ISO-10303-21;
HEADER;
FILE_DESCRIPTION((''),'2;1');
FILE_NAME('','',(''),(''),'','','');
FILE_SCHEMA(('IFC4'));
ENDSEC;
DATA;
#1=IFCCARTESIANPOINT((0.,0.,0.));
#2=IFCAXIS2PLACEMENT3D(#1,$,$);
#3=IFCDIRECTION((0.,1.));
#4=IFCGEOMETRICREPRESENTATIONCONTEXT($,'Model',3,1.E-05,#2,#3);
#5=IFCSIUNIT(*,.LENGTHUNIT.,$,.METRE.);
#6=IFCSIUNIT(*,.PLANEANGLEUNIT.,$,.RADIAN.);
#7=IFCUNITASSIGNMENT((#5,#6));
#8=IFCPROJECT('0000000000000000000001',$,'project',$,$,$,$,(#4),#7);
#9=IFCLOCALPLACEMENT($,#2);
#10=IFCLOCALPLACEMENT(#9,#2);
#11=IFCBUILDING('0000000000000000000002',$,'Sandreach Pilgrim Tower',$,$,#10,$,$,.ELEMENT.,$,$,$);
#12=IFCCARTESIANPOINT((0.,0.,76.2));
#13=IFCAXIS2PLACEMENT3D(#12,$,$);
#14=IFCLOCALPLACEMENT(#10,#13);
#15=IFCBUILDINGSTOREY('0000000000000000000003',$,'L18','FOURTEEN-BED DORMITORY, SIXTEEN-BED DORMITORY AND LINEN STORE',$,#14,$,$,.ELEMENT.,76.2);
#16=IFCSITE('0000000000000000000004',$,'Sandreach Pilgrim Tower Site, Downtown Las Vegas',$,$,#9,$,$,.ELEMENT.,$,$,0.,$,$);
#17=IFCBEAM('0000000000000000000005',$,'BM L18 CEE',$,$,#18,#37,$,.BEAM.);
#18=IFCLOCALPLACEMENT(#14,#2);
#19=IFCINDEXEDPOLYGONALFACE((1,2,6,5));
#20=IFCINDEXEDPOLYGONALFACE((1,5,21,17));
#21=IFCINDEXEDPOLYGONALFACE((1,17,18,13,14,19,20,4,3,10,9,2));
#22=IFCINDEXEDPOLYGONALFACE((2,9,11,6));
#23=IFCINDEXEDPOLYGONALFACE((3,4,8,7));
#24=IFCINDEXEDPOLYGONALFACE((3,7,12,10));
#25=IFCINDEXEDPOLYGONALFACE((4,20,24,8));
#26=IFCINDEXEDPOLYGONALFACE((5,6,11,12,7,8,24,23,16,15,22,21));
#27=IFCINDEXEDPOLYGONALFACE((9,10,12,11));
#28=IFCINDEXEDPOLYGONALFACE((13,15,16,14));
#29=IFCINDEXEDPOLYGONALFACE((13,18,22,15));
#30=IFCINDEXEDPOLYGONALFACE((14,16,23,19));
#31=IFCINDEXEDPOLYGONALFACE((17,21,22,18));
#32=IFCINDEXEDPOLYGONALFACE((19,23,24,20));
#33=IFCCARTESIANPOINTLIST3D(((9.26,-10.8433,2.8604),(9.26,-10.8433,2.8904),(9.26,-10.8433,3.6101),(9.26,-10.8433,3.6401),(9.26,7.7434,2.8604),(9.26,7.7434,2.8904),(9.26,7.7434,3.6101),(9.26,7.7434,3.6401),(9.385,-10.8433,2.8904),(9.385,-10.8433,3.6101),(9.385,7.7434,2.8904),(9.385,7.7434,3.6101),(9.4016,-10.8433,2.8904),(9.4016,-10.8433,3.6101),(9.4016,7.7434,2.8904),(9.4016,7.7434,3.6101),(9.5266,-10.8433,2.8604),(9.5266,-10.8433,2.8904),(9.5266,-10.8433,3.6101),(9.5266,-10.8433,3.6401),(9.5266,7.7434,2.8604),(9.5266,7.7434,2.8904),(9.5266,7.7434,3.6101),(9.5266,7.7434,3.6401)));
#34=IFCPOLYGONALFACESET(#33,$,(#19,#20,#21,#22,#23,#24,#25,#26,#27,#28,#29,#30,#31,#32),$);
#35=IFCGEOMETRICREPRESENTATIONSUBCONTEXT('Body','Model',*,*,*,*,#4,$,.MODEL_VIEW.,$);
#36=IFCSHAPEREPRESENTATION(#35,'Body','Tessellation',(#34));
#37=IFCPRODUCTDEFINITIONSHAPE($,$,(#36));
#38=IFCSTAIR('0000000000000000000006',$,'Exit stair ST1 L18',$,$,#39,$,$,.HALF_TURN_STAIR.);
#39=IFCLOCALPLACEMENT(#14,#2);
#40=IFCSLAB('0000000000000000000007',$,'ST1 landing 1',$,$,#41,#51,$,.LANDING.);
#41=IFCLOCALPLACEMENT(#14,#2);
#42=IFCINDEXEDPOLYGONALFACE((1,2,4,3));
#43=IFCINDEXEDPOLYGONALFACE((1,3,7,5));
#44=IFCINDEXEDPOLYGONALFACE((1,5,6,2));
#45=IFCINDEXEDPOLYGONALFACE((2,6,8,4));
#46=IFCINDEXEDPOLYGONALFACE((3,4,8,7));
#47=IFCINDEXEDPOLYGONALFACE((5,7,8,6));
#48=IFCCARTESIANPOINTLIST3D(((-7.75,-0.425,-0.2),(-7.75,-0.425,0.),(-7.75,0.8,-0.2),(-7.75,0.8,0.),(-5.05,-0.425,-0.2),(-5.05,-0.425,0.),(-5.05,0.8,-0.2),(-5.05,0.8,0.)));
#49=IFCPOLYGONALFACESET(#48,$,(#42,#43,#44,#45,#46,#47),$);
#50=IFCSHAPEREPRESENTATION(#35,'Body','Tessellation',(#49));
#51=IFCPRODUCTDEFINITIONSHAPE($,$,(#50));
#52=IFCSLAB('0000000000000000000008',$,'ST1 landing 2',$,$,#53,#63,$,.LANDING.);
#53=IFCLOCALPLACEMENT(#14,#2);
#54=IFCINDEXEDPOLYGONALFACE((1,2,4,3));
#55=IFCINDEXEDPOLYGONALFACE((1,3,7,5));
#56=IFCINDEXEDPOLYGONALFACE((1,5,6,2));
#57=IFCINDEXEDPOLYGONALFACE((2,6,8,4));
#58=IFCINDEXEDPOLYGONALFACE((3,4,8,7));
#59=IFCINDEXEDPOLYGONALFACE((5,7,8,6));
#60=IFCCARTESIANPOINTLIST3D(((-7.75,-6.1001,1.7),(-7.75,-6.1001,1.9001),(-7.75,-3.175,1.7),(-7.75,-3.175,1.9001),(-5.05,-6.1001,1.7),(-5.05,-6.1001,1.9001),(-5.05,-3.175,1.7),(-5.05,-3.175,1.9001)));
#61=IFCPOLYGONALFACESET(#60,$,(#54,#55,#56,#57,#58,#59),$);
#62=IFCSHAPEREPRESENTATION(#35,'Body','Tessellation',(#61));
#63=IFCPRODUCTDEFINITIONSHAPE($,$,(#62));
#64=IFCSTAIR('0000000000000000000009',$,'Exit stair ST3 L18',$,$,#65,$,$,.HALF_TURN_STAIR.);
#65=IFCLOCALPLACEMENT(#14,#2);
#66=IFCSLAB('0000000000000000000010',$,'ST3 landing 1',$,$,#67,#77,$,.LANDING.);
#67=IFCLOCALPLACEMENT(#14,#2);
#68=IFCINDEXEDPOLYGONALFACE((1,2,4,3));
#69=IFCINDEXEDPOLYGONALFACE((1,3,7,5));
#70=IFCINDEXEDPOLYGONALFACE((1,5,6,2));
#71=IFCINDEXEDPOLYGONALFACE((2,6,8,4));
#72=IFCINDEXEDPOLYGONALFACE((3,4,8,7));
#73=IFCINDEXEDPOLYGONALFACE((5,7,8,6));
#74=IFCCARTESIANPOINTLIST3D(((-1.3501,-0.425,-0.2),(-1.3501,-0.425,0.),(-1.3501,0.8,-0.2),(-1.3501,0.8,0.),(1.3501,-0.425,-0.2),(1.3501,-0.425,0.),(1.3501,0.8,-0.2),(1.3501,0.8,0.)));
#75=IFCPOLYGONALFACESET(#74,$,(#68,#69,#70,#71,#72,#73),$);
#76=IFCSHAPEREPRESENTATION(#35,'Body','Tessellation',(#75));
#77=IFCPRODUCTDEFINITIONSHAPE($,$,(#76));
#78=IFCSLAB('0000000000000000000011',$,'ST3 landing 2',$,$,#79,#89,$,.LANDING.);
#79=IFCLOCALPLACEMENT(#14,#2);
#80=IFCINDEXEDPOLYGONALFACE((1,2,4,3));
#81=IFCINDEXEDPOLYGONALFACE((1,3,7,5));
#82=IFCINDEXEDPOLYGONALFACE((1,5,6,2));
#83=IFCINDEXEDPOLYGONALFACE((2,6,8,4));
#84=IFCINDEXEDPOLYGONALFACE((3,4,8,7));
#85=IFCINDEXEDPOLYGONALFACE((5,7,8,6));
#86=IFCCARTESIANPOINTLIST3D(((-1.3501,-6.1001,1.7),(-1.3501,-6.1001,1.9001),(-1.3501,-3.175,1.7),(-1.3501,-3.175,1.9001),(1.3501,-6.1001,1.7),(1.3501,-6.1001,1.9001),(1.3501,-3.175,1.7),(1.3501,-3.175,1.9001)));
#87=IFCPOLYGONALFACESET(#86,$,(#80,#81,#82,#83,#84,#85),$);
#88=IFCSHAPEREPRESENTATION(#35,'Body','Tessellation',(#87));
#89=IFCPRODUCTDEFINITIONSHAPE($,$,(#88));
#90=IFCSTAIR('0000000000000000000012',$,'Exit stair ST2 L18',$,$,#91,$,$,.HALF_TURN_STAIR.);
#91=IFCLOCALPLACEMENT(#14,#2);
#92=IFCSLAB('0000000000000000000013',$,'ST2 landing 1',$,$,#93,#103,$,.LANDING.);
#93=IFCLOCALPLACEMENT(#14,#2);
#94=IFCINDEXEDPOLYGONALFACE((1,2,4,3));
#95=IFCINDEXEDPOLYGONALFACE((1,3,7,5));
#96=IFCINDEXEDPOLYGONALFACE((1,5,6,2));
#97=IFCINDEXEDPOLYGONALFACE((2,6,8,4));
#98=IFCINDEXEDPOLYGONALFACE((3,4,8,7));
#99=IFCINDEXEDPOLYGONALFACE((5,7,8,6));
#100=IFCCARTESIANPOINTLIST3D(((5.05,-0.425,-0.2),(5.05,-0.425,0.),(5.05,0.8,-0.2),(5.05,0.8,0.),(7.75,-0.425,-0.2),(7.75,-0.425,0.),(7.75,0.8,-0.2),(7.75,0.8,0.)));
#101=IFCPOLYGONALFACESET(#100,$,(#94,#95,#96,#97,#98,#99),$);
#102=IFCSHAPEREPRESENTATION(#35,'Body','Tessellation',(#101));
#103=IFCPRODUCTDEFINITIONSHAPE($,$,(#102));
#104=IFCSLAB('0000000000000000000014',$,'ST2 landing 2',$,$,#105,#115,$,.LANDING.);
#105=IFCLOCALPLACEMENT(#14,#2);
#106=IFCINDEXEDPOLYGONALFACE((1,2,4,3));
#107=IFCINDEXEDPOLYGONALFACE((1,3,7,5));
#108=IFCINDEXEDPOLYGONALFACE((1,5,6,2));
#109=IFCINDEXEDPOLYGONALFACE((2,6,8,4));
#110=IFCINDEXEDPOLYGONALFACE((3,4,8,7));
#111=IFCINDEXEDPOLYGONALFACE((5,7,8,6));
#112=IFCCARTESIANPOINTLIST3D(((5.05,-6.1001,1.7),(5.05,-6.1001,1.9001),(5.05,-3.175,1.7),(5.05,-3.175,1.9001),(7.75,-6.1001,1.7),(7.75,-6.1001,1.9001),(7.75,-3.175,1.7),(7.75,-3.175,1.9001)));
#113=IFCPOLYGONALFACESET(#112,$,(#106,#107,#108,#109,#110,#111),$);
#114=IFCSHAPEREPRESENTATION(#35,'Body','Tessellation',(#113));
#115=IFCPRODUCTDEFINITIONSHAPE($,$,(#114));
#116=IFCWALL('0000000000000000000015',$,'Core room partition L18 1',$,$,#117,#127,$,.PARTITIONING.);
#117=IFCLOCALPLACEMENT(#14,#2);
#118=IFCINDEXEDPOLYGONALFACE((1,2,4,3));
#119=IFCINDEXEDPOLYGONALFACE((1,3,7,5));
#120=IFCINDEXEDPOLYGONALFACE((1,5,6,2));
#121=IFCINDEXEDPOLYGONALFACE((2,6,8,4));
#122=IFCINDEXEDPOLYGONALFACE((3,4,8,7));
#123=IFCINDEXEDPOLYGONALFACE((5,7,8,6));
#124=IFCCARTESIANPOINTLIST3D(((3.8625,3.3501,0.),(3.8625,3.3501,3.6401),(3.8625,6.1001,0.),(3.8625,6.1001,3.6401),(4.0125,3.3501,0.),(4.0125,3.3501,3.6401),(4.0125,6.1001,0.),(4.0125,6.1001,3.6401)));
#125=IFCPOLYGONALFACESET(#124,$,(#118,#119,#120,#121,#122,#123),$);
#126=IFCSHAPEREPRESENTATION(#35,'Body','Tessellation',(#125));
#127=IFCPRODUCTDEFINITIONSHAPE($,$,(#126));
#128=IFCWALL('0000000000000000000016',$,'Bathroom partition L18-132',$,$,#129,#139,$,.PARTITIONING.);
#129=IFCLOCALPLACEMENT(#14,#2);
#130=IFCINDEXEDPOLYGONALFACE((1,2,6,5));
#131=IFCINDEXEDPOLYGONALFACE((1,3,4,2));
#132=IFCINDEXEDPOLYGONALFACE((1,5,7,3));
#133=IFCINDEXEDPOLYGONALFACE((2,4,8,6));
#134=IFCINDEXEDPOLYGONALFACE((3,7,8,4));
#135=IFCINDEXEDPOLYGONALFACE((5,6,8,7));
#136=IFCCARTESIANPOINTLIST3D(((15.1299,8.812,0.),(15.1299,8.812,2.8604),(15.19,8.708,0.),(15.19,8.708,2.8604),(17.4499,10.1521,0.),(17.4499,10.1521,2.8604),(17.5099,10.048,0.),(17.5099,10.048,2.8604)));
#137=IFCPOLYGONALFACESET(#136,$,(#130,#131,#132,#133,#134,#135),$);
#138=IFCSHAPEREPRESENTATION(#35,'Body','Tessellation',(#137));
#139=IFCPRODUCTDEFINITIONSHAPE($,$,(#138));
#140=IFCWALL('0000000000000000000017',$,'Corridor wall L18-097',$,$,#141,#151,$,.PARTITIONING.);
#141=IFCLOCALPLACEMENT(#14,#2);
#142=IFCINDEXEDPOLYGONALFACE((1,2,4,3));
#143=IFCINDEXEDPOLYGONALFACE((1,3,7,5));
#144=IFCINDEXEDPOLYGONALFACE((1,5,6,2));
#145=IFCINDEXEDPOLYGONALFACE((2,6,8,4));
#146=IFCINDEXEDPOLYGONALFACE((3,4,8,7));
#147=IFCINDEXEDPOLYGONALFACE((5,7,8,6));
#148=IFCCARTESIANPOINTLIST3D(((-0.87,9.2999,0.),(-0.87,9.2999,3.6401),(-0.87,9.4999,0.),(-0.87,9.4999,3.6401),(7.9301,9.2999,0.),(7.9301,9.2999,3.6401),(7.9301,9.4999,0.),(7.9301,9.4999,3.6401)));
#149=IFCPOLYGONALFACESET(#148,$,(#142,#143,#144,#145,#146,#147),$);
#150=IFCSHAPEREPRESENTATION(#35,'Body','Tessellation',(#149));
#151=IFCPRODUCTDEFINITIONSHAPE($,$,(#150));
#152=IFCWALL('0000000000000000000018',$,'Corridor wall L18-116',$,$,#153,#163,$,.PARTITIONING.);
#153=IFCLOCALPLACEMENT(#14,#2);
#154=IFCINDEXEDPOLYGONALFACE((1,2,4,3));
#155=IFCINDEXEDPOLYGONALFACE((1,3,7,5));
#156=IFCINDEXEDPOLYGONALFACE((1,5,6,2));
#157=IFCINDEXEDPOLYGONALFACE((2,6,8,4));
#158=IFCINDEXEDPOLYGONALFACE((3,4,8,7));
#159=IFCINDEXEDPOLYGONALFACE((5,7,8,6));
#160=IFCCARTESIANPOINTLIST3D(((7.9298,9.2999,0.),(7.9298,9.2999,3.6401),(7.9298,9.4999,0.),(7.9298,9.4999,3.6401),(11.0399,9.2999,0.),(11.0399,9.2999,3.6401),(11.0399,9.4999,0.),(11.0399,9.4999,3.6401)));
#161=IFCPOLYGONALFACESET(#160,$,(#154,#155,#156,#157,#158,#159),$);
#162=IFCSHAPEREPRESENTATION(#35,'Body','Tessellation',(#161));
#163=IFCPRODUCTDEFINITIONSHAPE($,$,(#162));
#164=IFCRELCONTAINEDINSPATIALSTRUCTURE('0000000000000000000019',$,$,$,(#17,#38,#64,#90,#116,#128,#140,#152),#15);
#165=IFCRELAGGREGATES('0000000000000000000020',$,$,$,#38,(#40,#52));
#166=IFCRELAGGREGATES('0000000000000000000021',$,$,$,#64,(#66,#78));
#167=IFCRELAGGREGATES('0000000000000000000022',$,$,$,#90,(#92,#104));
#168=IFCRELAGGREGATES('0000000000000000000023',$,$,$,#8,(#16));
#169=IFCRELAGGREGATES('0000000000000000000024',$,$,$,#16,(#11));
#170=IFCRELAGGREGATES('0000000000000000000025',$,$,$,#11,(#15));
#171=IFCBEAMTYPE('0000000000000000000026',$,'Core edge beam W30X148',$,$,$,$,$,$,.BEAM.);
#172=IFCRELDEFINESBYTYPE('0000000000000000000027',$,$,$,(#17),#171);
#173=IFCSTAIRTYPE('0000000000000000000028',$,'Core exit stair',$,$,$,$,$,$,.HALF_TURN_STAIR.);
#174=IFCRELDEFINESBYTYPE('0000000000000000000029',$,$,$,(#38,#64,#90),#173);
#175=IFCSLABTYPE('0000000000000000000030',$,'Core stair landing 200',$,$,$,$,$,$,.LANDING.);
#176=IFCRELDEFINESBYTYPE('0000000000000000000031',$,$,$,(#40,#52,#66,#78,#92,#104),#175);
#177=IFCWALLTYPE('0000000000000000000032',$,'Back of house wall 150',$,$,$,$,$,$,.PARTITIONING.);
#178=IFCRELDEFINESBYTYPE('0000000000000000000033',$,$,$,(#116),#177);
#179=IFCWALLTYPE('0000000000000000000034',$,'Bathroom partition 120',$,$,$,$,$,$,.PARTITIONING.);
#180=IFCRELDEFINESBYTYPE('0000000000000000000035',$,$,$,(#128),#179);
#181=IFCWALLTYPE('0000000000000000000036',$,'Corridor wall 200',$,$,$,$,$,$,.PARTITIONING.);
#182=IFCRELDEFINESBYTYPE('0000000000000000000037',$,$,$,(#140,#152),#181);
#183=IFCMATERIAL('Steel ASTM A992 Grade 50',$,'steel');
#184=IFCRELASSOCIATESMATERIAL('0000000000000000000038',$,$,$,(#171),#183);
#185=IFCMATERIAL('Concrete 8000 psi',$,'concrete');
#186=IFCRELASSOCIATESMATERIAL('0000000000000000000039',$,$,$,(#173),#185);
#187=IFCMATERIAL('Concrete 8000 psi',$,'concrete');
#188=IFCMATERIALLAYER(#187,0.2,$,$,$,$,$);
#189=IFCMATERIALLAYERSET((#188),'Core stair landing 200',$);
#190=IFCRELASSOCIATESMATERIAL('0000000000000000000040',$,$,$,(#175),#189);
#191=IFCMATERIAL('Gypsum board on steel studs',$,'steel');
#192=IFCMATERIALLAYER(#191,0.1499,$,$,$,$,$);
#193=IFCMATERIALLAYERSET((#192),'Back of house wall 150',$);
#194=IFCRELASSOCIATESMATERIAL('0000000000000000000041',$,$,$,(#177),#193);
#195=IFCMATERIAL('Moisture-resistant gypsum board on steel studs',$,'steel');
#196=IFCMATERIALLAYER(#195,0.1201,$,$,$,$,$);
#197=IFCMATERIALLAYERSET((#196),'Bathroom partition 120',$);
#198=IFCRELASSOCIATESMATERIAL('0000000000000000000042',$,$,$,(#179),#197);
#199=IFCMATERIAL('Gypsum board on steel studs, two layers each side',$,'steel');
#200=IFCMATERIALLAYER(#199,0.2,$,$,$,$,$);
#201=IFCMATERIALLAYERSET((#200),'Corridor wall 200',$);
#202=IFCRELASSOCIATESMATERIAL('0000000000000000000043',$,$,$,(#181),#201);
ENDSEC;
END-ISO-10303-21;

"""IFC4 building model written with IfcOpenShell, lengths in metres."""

from ifc_helpers import new_model, si_unit, direction, frame, frame_2d, origin, origin_2d, place, context, subcontext, project, spatial, polyline, rectangle, i_section, outline, extrude, material, layer, layer_set, material_profile, profile_set, type_object, element, aggregate, save


model = new_model("IFC4")

# Units and contexts
model_context = context("Model", 3, precision=1e-05, world=origin(), true_north=direction((0.0, 1.0)))
body_context = subcontext(model_context, "Body", "Model", "MODEL_VIEW")
ifc_project = project(units=[si_unit("LENGTHUNIT", "METRE"), si_unit("PLANEANGLEUNIT", "RADIAN")], contexts=[model_context])

# Site, building, storey
site_placement = place(None, origin())
site = spatial("IfcSite", under=ifc_project, at=site_placement, Name="Sandreach Pilgrim Tower Site, Downtown Las Vegas", CompositionType="ELEMENT", RefElevation=0.0)
building_placement = place(site_placement, origin())
building = spatial("IfcBuilding", under=site, at=building_placement, Name="Sandreach Pilgrim Tower", CompositionType="ELEMENT")
storey_placement = place(building_placement, frame((0.0, 0.0, 76.2)))
storey = spatial("IfcBuildingStorey", under=building, at=storey_placement, Name="L18", Description="FOURTEEN-BED DORMITORY, SIXTEEN-BED DORMITORY AND LINEN STORE", CompositionType="ELEMENT", Elevation=76.2)

# Beam
ifc_material_1 = material(Name="Steel ASTM A992 Grade 50", Category="steel")
ifc_material_profile = material_profile(ifc_material_1, i_section(OverallWidth=0.2666, OverallDepth=0.7798, WebThickness=0.0166, FlangeThickness=0.03, at=origin_2d()), Name="W30X148")
ifc_profile_set = profile_set([ifc_material_profile], Name="Steel ASTM A992 Grade 50")
beam_type = type_object("IfcBeamType", Name="Core edge beam W30X148", PredefinedType="BEAM", material=ifc_profile_set)
beam_placement = place(storey_placement, frame((9.3933, 7.7434, 3.2502), z_axis=(0.0, -1.0, 0.0), x_axis=(1.0, 0.0, 0.0)))
element("IfcBeam", 1, at=beam_placement, inside=storey, type_object=beam_type, Name="BM L18 CEE", PredefinedType="BEAM", context=body_context, shape_type="SweptSolid", body=[
    extrude(i_section(OverallWidth=0.2666, OverallDepth=0.7798, WebThickness=0.0166, FlangeThickness=0.03, at=origin_2d()), origin(), (0.0, 0.0, 1.0), 18.5867),
])

# Stairs, slabs
ifc_material_2 = material(Name="Concrete 8000 psi", Category="concrete")
stair_type = type_object("IfcStairType", Name="Core exit stair", PredefinedType="HALF_TURN_STAIR", material=ifc_material_2)
stair_1_placement = place(storey_placement, origin())
stair_1 = element("IfcStair", 2, at=stair_1_placement, inside=storey, type_object=stair_type, Name="Exit stair ST1 L18", PredefinedType="HALF_TURN_STAIR")
ifc_material_3 = material(Name="Concrete 8000 psi", Category="concrete")
ifc_layer_1 = layer(ifc_material_3, 0.2)
ifc_layer_set_1 = layer_set([ifc_layer_1], Name="Core stair landing 200")
slab_type = type_object("IfcSlabType", Name="Core stair landing 200", PredefinedType="LANDING", material=ifc_layer_set_1)
slab_1_placement = place(storey_placement, frame((0.0, 0.0, -0.2)))
slab_1 = element("IfcSlab", 3, at=slab_1_placement, type_object=slab_type, Name="ST1 landing 1", PredefinedType="LANDING", context=body_context, shape_type="SweptSolid", body=[
    extrude(outline(polyline([(-7.75, -0.425), (-5.05, -0.425), (-5.05, 0.8), (-7.75, 0.8), (-7.75, -0.425)])), origin(), (0.0, 0.0, 1.0), 0.2),
])
slab_2_placement = place(storey_placement, frame((0.0, 0.0, 1.7)))
slab_2 = element("IfcSlab", 4, at=slab_2_placement, type_object=slab_type, Name="ST1 landing 2", PredefinedType="LANDING", context=body_context, shape_type="SweptSolid", body=[
    extrude(outline(polyline([(-7.75, -6.1001), (-5.05, -6.1001), (-5.05, -3.175), (-7.75, -3.175), (-7.75, -6.1001)])), origin(), (0.0, 0.0, 1.0), 0.2002),
])
aggregate(stair_1, [slab_1, slab_2])
stair_2_placement = place(storey_placement, origin())
stair_2 = element("IfcStair", 5, at=stair_2_placement, inside=storey, type_object=stair_type, Name="Exit stair ST3 L18", PredefinedType="HALF_TURN_STAIR")
slab_3_placement = place(storey_placement, frame((0.0, 0.0, -0.2)))
slab_3 = element("IfcSlab", 6, at=slab_3_placement, type_object=slab_type, Name="ST3 landing 1", PredefinedType="LANDING", context=body_context, shape_type="SweptSolid", body=[
    extrude(outline(polyline([(-1.3501, -0.425), (1.3501, -0.425), (1.3501, 0.8), (-1.3501, 0.8), (-1.3501, -0.425)])), origin(), (0.0, 0.0, 1.0), 0.2),
])
slab_4_placement = place(storey_placement, frame((0.0, 0.0, 1.7)))
slab_4 = element("IfcSlab", 7, at=slab_4_placement, type_object=slab_type, Name="ST3 landing 2", PredefinedType="LANDING", context=body_context, shape_type="SweptSolid", body=[
    extrude(outline(polyline([(-1.3501, -6.1001), (1.3501, -6.1001), (1.3501, -3.175), (-1.3501, -3.175), (-1.3501, -6.1001)])), origin(), (0.0, 0.0, 1.0), 0.2002),
])
aggregate(stair_2, [slab_3, slab_4])
stair_3_placement = place(storey_placement, origin())
stair_3 = element("IfcStair", 8, at=stair_3_placement, inside=storey, type_object=stair_type, Name="Exit stair ST2 L18", PredefinedType="HALF_TURN_STAIR")
slab_5_placement = place(storey_placement, frame((0.0, 0.0, -0.2)))
slab_5 = element("IfcSlab", 9, at=slab_5_placement, type_object=slab_type, Name="ST2 landing 1", PredefinedType="LANDING", context=body_context, shape_type="SweptSolid", body=[
    extrude(outline(polyline([(5.05, -0.425), (7.75, -0.425), (7.75, 0.8), (5.05, 0.8), (5.05, -0.425)])), origin(), (0.0, 0.0, 1.0), 0.2),
])
slab_6_placement = place(storey_placement, frame((0.0, 0.0, 1.7)))
slab_6 = element("IfcSlab", 10, at=slab_6_placement, type_object=slab_type, Name="ST2 landing 2", PredefinedType="LANDING", context=body_context, shape_type="SweptSolid", body=[
    extrude(outline(polyline([(5.05, -6.1001), (7.75, -6.1001), (7.75, -3.175), (5.05, -3.175), (5.05, -6.1001)])), origin(), (0.0, 0.0, 1.0), 0.2002),
])
aggregate(stair_3, [slab_5, slab_6])

# Walls
ifc_material_4 = material(Name="Gypsum board on steel studs", Category="steel")
ifc_layer_2 = layer(ifc_material_4, 0.1499)
ifc_layer_set_2 = layer_set([ifc_layer_2], Name="Back of house wall 150")
wall_type_1 = type_object("IfcWallType", Name="Back of house wall 150", PredefinedType="PARTITIONING", material=ifc_layer_set_2)
wall_1_placement = place(storey_placement, frame((3.9375, 3.3501, 0.0), z_axis=(0.0, 0.0, 1.0), x_axis=(0.0, 1.0, 0.0)))
element("IfcWall", 11, at=wall_1_placement, inside=storey, type_object=wall_type_1, Name="Core room partition L18 1", PredefinedType="PARTITIONING", context=body_context, shape_type="SweptSolid", body=[
    extrude(rectangle(XDim=2.75, YDim=0.1499, at=frame_2d((1.375, 0.0))), origin(), (0.0, 0.0, 1.0), 3.6401),
])
ifc_material_5 = material(Name="Moisture-resistant gypsum board on steel studs", Category="steel")
ifc_layer_3 = layer(ifc_material_5, 0.1201)
ifc_layer_set_3 = layer_set([ifc_layer_3], Name="Bathroom partition 120")
wall_type_2 = type_object("IfcWallType", Name="Bathroom partition 120", PredefinedType="PARTITIONING", material=ifc_layer_set_3)
wall_2_placement = place(storey_placement, frame((15.1599, 8.76, 0.0), z_axis=(0.0, 0.0, 1.0), x_axis=(0.865929, 0.500167, 0.0)))
element("IfcWall", 12, at=wall_2_placement, inside=storey, type_object=wall_type_2, Name="Bathroom partition L18-132", PredefinedType="PARTITIONING", context=body_context, shape_type="SweptSolid", body=[
    extrude(rectangle(XDim=2.6792, YDim=0.1201, at=frame_2d((1.3396, 0.0))), origin(), (0.0, 0.0, 1.0), 2.8604),
])

# Walls
ifc_material_6 = material(Name="Gypsum board on steel studs, two layers each side", Category="steel")
ifc_layer_4 = layer(ifc_material_6, 0.2)
ifc_layer_set_4 = layer_set([ifc_layer_4], Name="Corridor wall 200")
wall_type_3 = type_object("IfcWallType", Name="Corridor wall 200", PredefinedType="PARTITIONING", material=ifc_layer_set_4)
wall_3_placement = place(storey_placement, frame((7.9299, 9.3999, 0.0), z_axis=(0.0, 0.0, 1.0), x_axis=(-1.0, 0.0, 0.0)))
element("IfcWall", 13, at=wall_3_placement, inside=storey, type_object=wall_type_3, Name="Corridor wall L18-097", PredefinedType="PARTITIONING", context=body_context, shape_type="SweptSolid", body=[
    extrude(rectangle(XDim=8.8, YDim=0.2, at=frame_2d((4.3999, 0.0))), origin(), (0.0, 0.0, 1.0), 3.6401),
])
wall_4_placement = place(storey_placement, frame((11.04, 9.3999, 0.0), z_axis=(0.0, 0.0, 1.0), x_axis=(-1.0, 0.0, 0.0)))
element("IfcWall", 14, at=wall_4_placement, inside=storey, type_object=wall_type_3, Name="Corridor wall L18-116", PredefinedType="PARTITIONING", context=body_context, shape_type="SweptSolid", body=[
    extrude(rectangle(XDim=3.1101, YDim=0.2, at=frame_2d((1.5552, 0.0))), origin(), (0.0, 0.0, 1.0), 3.6401),
])

save(model, "model.ifc")
